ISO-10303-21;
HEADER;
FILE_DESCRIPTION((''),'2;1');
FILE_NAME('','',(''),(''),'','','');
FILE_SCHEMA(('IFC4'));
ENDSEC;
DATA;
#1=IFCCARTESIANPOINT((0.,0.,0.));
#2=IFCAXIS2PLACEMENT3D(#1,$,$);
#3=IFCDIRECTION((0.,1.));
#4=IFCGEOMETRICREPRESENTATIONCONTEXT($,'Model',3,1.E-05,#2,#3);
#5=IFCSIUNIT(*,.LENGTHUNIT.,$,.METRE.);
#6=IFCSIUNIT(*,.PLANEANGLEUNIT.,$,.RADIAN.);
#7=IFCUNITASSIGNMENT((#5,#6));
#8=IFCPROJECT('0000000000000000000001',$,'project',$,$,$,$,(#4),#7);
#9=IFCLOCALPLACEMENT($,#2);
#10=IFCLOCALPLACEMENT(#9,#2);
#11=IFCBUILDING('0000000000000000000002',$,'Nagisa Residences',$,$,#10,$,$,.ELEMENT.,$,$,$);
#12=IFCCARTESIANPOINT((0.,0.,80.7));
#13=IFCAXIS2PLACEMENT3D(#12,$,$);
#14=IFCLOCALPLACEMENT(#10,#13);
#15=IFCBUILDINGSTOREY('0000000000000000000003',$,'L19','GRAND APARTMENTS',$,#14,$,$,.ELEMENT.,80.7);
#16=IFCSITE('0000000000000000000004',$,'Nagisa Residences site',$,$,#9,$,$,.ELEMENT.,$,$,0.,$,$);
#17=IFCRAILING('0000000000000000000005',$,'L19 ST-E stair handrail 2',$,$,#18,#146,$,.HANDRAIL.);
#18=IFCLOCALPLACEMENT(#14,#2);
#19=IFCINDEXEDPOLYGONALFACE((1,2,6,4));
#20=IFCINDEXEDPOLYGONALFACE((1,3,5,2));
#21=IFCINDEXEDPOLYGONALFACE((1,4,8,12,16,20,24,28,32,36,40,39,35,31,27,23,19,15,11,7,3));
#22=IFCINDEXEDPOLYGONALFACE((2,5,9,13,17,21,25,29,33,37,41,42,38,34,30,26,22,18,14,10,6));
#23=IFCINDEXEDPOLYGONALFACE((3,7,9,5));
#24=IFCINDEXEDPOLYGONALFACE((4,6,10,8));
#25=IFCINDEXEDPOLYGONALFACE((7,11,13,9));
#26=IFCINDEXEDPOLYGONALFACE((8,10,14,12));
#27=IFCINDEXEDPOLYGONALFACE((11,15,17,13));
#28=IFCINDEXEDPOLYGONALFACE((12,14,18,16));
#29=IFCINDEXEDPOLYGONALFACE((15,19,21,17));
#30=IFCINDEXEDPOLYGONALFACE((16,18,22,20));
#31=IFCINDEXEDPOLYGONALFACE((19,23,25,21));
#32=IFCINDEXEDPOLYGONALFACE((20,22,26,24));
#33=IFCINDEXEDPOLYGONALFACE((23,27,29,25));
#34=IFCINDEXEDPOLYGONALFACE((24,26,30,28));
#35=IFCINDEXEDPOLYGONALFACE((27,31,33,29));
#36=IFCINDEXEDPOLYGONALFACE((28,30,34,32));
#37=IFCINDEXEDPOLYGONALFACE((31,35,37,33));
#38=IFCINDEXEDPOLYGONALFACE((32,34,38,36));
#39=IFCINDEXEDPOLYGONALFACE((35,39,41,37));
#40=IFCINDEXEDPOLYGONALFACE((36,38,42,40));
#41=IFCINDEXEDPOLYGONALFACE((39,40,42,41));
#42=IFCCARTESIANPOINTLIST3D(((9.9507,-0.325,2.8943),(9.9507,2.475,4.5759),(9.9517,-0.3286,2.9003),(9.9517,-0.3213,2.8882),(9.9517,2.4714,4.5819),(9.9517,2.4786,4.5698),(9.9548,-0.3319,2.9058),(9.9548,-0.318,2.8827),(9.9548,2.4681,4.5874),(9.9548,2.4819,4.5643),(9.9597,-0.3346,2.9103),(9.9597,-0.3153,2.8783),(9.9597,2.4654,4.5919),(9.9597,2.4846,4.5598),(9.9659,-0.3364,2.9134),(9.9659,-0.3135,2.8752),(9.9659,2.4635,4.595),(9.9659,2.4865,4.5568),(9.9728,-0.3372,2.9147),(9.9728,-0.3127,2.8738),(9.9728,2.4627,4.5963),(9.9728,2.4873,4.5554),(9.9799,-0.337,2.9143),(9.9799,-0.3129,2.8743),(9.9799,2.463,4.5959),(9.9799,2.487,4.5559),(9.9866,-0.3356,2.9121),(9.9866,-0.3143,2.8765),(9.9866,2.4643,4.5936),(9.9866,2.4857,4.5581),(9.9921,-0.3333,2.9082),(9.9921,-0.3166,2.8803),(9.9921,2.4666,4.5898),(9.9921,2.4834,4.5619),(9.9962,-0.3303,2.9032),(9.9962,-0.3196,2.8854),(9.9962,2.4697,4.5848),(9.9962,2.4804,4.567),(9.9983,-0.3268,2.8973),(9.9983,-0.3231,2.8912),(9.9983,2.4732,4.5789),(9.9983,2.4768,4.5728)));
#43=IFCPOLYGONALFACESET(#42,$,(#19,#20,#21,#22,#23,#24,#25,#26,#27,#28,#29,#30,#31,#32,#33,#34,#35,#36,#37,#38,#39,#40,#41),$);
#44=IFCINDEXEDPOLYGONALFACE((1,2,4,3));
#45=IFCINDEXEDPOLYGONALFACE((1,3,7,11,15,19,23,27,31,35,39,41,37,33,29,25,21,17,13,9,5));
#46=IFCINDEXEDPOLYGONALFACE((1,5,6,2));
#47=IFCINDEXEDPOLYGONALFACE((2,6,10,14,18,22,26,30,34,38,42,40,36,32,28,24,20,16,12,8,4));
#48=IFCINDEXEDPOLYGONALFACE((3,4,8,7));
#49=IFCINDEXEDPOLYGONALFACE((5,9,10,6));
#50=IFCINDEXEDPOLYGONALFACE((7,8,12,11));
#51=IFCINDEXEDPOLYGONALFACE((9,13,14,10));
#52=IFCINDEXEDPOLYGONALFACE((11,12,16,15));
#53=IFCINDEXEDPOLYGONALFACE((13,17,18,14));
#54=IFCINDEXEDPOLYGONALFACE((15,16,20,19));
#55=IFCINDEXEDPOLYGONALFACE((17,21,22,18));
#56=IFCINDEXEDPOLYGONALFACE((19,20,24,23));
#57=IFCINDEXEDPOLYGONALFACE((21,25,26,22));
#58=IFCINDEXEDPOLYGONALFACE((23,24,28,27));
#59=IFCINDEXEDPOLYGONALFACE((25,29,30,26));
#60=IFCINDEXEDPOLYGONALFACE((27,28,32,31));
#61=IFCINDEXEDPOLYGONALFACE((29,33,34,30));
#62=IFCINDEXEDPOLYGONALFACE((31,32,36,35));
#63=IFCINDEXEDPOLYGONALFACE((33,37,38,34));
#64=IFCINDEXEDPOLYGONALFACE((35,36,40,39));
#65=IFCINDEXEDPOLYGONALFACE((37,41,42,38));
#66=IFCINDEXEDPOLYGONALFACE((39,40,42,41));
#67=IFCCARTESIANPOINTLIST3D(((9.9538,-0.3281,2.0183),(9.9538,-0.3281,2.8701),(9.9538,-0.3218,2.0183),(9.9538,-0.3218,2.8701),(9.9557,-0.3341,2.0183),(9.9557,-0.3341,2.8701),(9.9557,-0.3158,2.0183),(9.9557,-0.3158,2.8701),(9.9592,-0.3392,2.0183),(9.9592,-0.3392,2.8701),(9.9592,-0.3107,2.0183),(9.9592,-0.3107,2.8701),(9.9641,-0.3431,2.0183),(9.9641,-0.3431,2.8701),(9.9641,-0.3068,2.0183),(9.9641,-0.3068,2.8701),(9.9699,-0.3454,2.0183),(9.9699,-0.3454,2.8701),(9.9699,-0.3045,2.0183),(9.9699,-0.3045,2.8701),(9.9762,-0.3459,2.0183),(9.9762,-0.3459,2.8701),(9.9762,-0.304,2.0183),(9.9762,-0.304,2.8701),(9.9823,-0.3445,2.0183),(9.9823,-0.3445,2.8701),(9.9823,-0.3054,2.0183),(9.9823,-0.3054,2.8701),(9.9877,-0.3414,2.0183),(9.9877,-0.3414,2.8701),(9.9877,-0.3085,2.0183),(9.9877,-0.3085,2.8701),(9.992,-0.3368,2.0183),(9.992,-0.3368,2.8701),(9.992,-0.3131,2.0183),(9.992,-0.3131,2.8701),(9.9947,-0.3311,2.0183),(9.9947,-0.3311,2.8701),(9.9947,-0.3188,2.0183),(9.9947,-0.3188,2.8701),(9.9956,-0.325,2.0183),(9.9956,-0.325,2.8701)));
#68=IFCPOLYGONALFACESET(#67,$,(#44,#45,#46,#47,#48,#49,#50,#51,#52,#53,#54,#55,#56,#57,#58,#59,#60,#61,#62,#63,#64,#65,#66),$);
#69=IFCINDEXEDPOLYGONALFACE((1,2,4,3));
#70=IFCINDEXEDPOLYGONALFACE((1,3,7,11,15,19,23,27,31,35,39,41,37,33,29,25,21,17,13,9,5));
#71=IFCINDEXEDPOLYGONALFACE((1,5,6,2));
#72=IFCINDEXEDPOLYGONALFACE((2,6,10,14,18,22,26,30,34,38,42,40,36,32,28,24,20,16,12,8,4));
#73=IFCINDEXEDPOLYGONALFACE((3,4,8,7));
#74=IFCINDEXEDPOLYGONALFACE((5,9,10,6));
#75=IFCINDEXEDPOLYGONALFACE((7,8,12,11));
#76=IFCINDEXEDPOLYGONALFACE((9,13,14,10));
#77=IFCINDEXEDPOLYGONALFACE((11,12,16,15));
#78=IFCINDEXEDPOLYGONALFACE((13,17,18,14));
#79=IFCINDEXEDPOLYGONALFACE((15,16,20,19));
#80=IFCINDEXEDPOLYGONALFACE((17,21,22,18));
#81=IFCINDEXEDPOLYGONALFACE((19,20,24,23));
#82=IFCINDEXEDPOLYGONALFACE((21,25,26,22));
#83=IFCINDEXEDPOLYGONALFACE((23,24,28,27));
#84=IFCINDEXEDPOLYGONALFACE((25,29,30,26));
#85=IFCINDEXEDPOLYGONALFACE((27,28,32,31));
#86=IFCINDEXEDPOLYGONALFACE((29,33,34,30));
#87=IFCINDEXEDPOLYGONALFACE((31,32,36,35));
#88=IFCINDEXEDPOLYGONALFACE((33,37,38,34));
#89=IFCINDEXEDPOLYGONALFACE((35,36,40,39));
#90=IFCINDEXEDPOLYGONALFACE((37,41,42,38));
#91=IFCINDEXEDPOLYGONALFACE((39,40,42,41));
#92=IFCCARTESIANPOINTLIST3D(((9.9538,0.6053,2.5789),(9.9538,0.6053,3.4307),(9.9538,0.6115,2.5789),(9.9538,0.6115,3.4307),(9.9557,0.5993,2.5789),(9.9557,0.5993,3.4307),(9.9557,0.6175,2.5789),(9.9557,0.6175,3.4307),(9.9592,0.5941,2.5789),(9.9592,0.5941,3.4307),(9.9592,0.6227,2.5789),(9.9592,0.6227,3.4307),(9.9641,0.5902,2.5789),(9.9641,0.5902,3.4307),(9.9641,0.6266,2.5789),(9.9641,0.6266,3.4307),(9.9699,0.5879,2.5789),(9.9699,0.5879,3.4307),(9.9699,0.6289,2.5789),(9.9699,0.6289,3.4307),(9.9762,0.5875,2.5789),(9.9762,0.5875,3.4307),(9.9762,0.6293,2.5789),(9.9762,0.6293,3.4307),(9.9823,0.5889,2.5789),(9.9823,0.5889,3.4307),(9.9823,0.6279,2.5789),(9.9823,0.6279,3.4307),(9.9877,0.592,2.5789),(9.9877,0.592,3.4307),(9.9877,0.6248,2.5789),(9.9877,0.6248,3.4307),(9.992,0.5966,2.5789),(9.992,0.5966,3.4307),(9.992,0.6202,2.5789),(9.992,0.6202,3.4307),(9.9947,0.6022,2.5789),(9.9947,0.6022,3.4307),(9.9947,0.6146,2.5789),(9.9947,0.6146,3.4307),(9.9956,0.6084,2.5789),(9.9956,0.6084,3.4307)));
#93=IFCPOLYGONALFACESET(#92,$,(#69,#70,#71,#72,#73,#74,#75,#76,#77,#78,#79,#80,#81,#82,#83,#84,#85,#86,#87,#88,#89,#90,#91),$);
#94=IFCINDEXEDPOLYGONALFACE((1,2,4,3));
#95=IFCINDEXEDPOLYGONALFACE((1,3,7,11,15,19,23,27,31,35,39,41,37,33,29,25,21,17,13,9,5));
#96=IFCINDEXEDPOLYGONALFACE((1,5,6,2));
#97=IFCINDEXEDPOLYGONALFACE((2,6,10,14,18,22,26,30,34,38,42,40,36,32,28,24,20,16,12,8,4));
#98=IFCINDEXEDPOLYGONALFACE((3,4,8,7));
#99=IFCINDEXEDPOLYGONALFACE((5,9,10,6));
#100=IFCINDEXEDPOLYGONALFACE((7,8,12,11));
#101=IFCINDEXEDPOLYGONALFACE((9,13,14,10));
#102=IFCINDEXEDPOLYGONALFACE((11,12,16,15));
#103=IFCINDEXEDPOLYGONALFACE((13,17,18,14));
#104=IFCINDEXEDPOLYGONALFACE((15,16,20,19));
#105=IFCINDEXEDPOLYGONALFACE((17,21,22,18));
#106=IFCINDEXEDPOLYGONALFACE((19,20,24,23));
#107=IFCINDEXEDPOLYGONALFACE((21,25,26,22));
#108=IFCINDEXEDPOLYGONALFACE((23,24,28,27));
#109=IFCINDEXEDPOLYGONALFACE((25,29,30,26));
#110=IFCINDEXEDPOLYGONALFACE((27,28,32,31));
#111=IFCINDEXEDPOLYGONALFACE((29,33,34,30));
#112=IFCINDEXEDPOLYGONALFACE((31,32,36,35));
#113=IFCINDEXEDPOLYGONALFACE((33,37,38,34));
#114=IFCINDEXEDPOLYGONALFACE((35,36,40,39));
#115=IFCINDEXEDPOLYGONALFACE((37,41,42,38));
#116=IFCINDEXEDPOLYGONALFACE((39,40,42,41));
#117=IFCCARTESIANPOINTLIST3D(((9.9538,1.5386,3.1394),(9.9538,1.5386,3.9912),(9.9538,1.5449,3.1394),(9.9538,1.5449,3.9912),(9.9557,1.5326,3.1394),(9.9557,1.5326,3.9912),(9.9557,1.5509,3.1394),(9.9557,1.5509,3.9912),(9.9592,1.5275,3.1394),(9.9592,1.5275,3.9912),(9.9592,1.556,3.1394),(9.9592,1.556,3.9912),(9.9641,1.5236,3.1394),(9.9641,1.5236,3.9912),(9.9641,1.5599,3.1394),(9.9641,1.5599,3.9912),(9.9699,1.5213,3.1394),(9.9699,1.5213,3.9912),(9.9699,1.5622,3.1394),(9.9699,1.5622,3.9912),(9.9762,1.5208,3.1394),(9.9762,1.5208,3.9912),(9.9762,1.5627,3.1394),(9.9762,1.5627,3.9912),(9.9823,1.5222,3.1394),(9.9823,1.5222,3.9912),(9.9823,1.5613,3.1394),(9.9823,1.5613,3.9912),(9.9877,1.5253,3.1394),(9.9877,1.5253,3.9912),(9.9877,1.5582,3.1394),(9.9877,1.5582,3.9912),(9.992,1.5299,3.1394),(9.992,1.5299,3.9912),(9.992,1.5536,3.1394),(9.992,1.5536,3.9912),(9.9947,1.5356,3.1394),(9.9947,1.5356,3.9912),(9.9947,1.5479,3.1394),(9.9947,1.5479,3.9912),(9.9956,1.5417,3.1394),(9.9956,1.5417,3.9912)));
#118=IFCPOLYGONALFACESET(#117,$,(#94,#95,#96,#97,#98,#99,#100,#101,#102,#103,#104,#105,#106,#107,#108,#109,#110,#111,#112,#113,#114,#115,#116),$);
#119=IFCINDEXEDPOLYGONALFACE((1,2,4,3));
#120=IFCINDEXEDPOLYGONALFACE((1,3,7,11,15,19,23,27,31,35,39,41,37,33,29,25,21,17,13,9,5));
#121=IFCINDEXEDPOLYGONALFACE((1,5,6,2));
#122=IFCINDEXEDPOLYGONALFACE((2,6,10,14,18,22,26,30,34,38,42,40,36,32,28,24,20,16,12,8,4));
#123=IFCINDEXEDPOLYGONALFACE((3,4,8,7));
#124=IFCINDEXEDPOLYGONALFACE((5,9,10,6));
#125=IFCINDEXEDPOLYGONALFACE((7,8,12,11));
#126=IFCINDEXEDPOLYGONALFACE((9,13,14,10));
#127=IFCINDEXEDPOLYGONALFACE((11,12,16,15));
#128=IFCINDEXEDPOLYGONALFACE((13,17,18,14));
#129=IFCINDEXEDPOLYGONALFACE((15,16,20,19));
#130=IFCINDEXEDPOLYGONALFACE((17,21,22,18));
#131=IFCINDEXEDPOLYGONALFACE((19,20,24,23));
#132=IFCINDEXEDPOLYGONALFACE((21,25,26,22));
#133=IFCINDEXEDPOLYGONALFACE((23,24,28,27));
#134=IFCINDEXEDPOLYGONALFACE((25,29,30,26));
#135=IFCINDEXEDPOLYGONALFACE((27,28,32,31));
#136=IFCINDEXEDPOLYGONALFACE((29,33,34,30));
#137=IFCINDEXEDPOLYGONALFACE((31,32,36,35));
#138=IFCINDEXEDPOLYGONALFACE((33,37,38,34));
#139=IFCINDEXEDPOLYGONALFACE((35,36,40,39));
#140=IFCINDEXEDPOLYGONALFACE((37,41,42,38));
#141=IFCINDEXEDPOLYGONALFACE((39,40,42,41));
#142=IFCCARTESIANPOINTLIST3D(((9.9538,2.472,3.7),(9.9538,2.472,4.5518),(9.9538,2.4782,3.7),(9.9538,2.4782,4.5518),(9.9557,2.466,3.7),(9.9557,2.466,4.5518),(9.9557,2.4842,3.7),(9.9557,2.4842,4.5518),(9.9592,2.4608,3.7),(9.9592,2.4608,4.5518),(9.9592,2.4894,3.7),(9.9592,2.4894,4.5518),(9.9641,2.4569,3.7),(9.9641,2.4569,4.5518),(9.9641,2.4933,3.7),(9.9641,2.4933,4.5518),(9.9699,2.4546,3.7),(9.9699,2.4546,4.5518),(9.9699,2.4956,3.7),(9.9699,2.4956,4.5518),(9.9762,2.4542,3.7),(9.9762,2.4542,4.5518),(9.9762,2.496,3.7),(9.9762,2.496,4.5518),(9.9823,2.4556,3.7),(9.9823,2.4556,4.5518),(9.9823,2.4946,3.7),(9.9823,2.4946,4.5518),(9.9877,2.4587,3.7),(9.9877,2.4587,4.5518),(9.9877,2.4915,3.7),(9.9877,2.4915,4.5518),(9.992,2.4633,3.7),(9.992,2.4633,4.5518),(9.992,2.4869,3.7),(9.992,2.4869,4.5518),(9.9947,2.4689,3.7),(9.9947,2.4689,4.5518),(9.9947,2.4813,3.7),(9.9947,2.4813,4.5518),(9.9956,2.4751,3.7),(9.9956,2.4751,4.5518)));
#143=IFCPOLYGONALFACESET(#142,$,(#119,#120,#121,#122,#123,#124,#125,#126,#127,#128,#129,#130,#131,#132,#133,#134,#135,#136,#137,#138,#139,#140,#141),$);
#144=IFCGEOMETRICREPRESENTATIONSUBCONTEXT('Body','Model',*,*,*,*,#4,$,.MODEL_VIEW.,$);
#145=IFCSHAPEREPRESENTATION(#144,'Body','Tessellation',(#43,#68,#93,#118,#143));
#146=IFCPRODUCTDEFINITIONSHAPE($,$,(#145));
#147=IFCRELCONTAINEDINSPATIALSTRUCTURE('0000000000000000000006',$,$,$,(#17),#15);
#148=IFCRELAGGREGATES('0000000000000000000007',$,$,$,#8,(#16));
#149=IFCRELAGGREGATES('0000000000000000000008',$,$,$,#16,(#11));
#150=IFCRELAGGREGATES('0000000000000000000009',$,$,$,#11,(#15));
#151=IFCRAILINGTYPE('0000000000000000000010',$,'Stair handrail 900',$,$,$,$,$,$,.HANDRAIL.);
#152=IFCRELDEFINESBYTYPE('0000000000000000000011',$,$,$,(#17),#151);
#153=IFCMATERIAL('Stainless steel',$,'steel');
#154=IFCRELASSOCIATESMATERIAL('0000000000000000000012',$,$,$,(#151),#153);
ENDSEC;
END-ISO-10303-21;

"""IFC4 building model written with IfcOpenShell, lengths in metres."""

from ifc_helpers import new_model, si_unit, direction, frame, origin, origin_2d, place, context, subcontext, project, spatial, circle, extrude, material, type_object, element, save


model = new_model("IFC4")

# Units and contexts
model_context = context("Model", 3, precision=1e-05, world=origin(), true_north=direction((0.0, 1.0)))
body_context = subcontext(model_context, "Body", "Model", "MODEL_VIEW")
ifc_project = project(units=[si_unit("LENGTHUNIT", "METRE"), si_unit("PLANEANGLEUNIT", "RADIAN")], contexts=[model_context])

# Site, building, storey
site_placement = place(None, origin())
site = spatial("IfcSite", under=ifc_project, at=site_placement, Name="Nagisa Residences site", CompositionType="ELEMENT", RefElevation=0.0)
building_placement = place(site_placement, origin())
building = spatial("IfcBuilding", under=site, at=building_placement, Name="Nagisa Residences", CompositionType="ELEMENT")
storey_placement = place(building_placement, frame((0.0, 0.0, 80.7)))
storey = spatial("IfcBuildingStorey", under=building, at=storey_placement, Name="L19", Description="GRAND APARTMENTS", CompositionType="ELEMENT", Elevation=80.7)

# Railing
ifc_material_1 = material(Name="Stainless steel", Category="steel")
railing_type_1 = type_object("IfcRailingType", Name="Stair handrail 900", PredefinedType="HANDRAIL", material=ifc_material_1)
railing_1_placement = place(storey_placement, frame((9.9746, -0.325, 2.0183)))
element("IfcRailing", 1, at=railing_1_placement, inside=storey, type_object=railing_type_1, Name="L19 ST-E stair handrail 2", PredefinedType="HANDRAIL", context=body_context, shape_type="SweptSolid", body=[
    extrude(circle(Radius=0.0239, at=origin_2d()), frame((0.0, 0.0, 0.876), z_axis=(0.0, 0.857275, 0.514858), x_axis=(-1.0, 0.0, 0.0)), (0.0, 0.0, 1.0), 3.2661),
    extrude(circle(Radius=0.021, at=origin_2d()), origin(), (0.0, 0.0, 1.0), 0.8518),
    extrude(circle(Radius=0.021, at=origin_2d()), frame((0.0, 0.9333, 0.5605)), (0.0, 0.0, 1.0), 0.8518),
    extrude(circle(Radius=0.021, at=origin_2d()), frame((0.0, 1.8667, 1.1211)), (0.0, 0.0, 1.0), 0.8518),
    extrude(circle(Radius=0.021, at=origin_2d()), frame((0.0, 2.8, 1.6816)), (0.0, 0.0, 1.0), 0.8518),
])

save(model, "model.ifc")
